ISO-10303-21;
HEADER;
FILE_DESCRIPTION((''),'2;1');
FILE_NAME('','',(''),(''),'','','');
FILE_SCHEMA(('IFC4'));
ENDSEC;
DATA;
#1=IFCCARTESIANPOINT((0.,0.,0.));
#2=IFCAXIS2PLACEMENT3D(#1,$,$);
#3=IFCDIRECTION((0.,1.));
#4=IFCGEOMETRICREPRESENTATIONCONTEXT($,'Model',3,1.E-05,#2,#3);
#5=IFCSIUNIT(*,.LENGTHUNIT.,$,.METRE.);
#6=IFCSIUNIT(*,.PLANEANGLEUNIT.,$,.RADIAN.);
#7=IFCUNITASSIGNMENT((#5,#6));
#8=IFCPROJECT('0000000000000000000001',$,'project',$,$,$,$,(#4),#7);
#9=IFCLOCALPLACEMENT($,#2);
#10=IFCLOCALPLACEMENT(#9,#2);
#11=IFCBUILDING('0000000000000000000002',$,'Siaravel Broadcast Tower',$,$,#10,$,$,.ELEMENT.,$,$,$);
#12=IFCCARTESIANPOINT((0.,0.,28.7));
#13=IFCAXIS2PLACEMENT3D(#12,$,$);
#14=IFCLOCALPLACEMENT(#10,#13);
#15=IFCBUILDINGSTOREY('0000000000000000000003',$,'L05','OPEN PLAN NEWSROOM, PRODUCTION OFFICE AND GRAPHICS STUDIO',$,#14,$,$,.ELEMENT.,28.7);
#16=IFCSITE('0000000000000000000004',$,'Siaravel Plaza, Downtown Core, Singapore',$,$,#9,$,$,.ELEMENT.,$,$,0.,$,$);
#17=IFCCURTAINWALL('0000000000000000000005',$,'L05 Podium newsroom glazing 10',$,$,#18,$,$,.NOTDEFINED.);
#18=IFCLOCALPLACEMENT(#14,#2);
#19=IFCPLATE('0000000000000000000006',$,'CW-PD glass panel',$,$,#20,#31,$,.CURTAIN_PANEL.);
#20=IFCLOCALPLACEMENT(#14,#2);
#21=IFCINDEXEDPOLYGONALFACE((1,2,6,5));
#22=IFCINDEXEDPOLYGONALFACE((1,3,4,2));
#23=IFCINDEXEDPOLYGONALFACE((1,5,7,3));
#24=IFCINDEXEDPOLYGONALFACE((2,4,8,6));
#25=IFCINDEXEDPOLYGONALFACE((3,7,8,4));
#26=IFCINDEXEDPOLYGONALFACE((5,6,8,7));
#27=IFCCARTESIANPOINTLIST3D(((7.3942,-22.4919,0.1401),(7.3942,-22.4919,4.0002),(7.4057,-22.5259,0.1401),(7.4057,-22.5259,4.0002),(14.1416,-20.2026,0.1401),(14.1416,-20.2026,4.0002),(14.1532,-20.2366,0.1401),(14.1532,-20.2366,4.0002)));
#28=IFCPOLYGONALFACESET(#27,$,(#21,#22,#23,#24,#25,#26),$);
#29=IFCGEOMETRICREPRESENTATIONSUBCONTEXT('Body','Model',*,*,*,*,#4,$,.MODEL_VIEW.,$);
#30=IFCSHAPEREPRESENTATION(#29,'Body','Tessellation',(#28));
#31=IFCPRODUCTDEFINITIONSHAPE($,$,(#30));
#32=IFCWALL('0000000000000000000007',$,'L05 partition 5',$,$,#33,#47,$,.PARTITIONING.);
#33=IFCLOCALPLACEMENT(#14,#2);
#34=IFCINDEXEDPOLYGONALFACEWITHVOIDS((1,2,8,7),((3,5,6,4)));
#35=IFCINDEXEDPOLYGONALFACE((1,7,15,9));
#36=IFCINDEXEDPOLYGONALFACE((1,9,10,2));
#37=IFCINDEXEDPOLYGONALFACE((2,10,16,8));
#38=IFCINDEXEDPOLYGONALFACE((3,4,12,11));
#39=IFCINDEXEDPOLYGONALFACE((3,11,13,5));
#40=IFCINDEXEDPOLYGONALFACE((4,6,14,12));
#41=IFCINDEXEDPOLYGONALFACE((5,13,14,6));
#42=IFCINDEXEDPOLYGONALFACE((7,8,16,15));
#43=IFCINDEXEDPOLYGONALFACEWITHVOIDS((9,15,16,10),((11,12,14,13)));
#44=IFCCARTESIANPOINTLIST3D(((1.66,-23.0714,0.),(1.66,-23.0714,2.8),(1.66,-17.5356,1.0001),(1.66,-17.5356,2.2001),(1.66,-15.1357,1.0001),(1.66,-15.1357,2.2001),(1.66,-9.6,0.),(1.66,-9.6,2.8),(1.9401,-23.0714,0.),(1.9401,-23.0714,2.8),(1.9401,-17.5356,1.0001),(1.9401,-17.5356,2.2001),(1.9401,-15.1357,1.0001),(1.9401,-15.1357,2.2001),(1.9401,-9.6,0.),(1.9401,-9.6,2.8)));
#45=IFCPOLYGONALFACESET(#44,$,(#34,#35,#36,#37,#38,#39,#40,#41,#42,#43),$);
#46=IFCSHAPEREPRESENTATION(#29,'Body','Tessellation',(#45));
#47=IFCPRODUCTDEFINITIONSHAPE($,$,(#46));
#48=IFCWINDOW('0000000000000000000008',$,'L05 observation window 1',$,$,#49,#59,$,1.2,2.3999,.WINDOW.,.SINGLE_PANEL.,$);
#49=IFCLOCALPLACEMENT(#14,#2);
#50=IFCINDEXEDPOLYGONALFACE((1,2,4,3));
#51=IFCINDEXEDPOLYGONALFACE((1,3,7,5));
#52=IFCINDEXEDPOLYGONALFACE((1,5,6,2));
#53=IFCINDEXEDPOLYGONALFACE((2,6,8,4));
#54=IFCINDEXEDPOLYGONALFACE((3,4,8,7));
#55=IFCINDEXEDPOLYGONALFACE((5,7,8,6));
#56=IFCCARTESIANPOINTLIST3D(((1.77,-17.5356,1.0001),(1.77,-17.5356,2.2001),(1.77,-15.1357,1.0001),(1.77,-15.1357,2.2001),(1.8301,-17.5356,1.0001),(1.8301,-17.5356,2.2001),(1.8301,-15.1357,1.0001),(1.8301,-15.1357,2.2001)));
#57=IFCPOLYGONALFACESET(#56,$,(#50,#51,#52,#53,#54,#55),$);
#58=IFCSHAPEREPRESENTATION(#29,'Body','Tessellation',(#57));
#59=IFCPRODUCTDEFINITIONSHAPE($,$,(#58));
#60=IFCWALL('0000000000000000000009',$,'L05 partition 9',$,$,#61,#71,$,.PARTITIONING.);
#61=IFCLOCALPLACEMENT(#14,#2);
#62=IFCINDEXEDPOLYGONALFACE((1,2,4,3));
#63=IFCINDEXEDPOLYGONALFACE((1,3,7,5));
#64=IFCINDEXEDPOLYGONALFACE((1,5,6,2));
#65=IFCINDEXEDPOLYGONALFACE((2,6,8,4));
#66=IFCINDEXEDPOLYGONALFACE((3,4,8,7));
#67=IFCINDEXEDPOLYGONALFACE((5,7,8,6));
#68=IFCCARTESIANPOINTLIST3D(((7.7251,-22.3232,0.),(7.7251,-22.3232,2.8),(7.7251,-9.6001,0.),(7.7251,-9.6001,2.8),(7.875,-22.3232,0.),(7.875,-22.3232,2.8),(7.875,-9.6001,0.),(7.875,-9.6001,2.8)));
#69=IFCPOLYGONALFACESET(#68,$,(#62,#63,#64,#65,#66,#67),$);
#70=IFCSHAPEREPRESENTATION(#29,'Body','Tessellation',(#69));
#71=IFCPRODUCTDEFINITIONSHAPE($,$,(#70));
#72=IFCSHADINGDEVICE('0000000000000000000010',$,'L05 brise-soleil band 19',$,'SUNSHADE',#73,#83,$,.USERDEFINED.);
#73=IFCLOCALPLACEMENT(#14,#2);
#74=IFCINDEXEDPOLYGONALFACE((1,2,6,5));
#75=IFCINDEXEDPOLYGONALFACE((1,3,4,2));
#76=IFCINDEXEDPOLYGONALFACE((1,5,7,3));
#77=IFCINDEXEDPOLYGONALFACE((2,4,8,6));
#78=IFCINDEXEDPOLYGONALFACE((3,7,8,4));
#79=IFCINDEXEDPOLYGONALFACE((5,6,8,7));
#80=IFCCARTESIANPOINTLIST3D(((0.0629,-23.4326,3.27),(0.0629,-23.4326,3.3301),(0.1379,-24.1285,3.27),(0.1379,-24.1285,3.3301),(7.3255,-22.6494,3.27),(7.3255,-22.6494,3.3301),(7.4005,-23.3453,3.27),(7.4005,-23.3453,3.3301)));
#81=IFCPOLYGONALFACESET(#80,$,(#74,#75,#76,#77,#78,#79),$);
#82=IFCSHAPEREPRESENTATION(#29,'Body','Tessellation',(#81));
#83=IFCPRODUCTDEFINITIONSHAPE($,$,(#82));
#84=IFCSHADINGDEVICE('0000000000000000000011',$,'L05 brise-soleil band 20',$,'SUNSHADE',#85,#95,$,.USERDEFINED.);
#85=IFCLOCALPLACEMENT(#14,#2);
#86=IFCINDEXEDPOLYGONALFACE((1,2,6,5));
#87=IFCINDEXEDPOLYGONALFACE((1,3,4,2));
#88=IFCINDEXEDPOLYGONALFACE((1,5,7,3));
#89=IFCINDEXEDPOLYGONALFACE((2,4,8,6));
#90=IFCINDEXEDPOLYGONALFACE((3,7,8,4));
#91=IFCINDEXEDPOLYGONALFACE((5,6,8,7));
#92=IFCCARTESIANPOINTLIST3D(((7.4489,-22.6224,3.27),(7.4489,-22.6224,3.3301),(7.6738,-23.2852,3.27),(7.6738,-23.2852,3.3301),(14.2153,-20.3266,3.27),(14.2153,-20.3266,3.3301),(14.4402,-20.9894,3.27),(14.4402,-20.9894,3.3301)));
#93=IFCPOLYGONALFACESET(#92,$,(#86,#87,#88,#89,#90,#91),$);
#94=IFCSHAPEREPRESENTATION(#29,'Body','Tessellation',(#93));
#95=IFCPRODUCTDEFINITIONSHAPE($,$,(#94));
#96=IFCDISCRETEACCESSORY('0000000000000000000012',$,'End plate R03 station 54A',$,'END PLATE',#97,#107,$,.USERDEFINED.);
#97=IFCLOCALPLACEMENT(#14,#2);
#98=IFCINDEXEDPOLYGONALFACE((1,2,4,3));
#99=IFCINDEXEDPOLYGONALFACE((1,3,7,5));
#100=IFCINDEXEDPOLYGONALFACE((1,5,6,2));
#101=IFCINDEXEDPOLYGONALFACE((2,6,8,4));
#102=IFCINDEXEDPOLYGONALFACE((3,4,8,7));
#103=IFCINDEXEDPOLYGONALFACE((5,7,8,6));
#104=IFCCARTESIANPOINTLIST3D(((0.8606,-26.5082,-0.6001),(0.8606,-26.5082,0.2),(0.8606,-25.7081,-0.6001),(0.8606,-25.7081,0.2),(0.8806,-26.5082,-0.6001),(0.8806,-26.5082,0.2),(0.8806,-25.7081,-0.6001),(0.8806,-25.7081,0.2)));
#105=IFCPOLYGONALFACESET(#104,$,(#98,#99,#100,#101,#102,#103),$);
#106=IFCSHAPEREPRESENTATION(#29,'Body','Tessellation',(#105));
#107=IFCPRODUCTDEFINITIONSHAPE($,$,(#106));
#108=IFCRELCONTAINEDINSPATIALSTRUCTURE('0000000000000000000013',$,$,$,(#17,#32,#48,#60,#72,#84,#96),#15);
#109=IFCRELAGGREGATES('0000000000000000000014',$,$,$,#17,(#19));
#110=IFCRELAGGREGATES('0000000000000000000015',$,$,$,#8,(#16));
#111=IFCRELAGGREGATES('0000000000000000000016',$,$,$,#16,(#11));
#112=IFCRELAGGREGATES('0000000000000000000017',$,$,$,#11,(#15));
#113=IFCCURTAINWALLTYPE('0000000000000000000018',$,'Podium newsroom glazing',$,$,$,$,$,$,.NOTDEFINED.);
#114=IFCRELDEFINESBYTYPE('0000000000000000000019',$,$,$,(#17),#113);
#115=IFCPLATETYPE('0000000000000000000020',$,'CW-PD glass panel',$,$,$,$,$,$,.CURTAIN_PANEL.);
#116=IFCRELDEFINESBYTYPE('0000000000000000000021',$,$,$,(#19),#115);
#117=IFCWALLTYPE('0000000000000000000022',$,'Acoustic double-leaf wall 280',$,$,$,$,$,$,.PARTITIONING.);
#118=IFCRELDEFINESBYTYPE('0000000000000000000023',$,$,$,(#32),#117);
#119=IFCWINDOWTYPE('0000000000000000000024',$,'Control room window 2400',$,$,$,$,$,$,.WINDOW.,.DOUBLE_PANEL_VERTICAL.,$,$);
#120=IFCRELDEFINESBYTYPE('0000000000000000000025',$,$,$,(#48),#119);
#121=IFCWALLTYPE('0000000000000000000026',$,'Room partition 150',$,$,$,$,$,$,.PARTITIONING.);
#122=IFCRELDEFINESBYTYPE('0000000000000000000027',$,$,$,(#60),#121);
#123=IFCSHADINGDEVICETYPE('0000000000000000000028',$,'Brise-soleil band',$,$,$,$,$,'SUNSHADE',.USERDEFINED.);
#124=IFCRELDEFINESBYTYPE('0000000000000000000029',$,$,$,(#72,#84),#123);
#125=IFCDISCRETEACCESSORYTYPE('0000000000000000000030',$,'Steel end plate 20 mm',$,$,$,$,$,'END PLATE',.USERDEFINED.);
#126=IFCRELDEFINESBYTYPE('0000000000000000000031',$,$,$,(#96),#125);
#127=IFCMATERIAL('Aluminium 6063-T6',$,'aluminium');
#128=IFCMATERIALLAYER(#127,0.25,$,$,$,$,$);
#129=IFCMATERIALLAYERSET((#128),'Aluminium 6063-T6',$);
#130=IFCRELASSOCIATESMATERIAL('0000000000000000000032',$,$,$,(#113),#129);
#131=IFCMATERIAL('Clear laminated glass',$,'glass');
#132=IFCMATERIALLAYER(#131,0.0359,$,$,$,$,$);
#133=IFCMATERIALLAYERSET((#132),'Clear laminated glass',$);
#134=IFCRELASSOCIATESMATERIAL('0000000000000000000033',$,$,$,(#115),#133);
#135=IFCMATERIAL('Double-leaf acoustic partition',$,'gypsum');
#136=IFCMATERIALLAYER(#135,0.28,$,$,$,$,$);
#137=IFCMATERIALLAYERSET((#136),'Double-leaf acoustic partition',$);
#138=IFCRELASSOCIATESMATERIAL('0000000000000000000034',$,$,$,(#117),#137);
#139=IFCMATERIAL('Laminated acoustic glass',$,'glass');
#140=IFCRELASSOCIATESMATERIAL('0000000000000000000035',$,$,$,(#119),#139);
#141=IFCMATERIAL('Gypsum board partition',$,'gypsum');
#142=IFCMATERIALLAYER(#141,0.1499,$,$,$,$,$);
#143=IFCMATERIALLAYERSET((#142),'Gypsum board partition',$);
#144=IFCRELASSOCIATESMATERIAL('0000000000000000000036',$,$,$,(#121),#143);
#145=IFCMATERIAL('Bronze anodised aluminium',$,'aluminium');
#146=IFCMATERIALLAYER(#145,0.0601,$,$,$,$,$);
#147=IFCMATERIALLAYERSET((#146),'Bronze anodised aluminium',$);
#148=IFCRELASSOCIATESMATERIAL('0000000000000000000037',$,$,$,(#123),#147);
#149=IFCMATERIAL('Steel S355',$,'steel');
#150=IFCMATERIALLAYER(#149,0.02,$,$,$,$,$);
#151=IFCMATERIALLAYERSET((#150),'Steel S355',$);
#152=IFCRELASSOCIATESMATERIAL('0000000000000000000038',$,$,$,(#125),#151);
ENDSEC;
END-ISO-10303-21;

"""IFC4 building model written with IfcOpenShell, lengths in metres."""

from ifc_helpers import new_model, si_unit, direction, frame, frame_2d, origin, origin_2d, place, context, subcontext, project, spatial, rectangle, extrude, material, layer, layer_set, type_object, element, fill, aggregate, save


model = new_model("IFC4")

# Units and contexts
model_context = context("Model", 3, precision=1e-05, world=origin(), true_north=direction((0.0, 1.0)))
body_context = subcontext(model_context, "Body", "Model", "MODEL_VIEW")
ifc_project = project(units=[si_unit("LENGTHUNIT", "METRE"), si_unit("PLANEANGLEUNIT", "RADIAN")], contexts=[model_context])

# Site, building, storey
site_placement = place(None, origin())
site = spatial("IfcSite", under=ifc_project, at=site_placement, Name="Siaravel Plaza, Downtown Core, Singapore", CompositionType="ELEMENT", RefElevation=0.0)
building_placement = place(site_placement, origin())
building = spatial("IfcBuilding", under=site, at=building_placement, Name="Siaravel Broadcast Tower", CompositionType="ELEMENT")
storey_placement = place(building_placement, frame((0.0, 0.0, 28.7)))
storey = spatial("IfcBuildingStorey", under=building, at=storey_placement, Name="L05", Description="OPEN PLAN NEWSROOM, PRODUCTION OFFICE AND GRAPHICS STUDIO", CompositionType="ELEMENT", Elevation=28.7)

# Shared definitions
ifc_material_1 = material(Name="Steel S355", Category="steel")

# Curtain wall
ifc_material_2 = material(Name="Aluminium 6063-T6", Category="aluminium")
ifc_layer_1 = layer(ifc_material_2, 0.25)
ifc_layer_set_1 = layer_set([ifc_layer_1], Name="Aluminium 6063-T6")
curtain_wall_type = type_object("IfcCurtainWallType", Name="Podium newsroom glazing", PredefinedType="NOTDEFINED", material=ifc_layer_set_1)
curtain_wall_placement = place(storey_placement, origin())
curtain_wall = element("IfcCurtainWall", 1, at=curtain_wall_placement, inside=storey, type_object=curtain_wall_type, Name="L05 Podium newsroom glazing 10", PredefinedType="NOTDEFINED")

# Plate
ifc_material_3 = material(Name="Clear laminated glass", Category="glass")
ifc_layer_2 = layer(ifc_material_3, 0.0359)
ifc_layer_set_2 = layer_set([ifc_layer_2], Name="Clear laminated glass")
plate_type = type_object("IfcPlateType", Name="CW-PD glass panel", PredefinedType="CURTAIN_PANEL", material=ifc_layer_set_2)
plate_1_placement = place(storey_placement, frame((10.7737, -21.3643, 0.1401), z_axis=(0.0, 0.0, 1.0), x_axis=(0.946977, 0.3213, 0.0)))
plate_1 = element("IfcPlate", 2, at=plate_1_placement, type_object=plate_type, Name="CW-PD glass panel", PredefinedType="CURTAIN_PANEL", context=body_context, shape_type="SweptSolid", body=[
    extrude(rectangle(XDim=7.1252, YDim=0.0359, at=origin_2d()), origin(), (0.0, 0.0, 1.0), 3.8601),
])
aggregate(curtain_wall, [plate_1])

# Wall, opening, window
ifc_material_4 = material(Name="Double-leaf acoustic partition", Category="gypsum")
ifc_layer_3 = layer(ifc_material_4, 0.28)
ifc_layer_set_3 = layer_set([ifc_layer_3], Name="Double-leaf acoustic partition")
wall_type_1 = type_object("IfcWallType", Name="Acoustic double-leaf wall 280", PredefinedType="PARTITIONING", material=ifc_layer_set_3)
wall_1_placement = place(storey_placement, frame((1.8, -23.0715, 0.0), z_axis=(0.0, 0.0, 1.0), x_axis=(0.0, 1.0, 0.0)))
wall_1 = element("IfcWall", 3, at=wall_1_placement, inside=storey, type_object=wall_type_1, Name="L05 partition 5", PredefinedType="PARTITIONING", context=body_context, shape_type="SweptSolid", body=[
    extrude(rectangle(XDim=13.4714, YDim=0.28, at=frame_2d((6.7358, 0.0))), origin(), (0.0, 0.0, 1.0), 2.8),
])
opening_placement = place(wall_1_placement, frame((5.5359, 0.0, 1.0)))
opening = element("IfcOpeningElement", 4, at=opening_placement, cuts=wall_1, PredefinedType="OPENING", context=body_context, shape_type="SweptSolid", body=[
    extrude(rectangle(XDim=2.3999, YDim=1.2, at=frame_2d((1.2, 0.6001))), frame((0.0, 0.1499, 0.0), z_axis=(0.0, -1.0, 0.0), x_axis=(1.0, 0.0, 0.0)), (0.0, 0.0, 1.0), 0.3),
])
ifc_material_5 = material(Name="Laminated acoustic glass", Category="glass")
window_type = type_object("IfcWindowType", Name="Control room window 2400", PartitioningType="DOUBLE_PANEL_VERTICAL", PredefinedType="WINDOW", material=ifc_material_5)
window_placement = place(opening_placement, origin())
window = element("IfcWindow", 5, at=window_placement, inside=storey, type_object=window_type, Name="L05 observation window 1", OverallHeight=1.2, OverallWidth=2.3999, PartitioningType="SINGLE_PANEL", PredefinedType="WINDOW", context=body_context, shape_type="SweptSolid", body=[
    extrude(rectangle(XDim=2.3999, YDim=1.2, at=frame_2d((1.2, 0.6001))), frame((0.0, 0.03, 0.0), z_axis=(0.0, -1.0, 0.0), x_axis=(1.0, 0.0, 0.0)), (0.0, 0.0, 1.0), 0.0601),
])
fill(opening, window)

# Wall
ifc_material_6 = material(Name="Gypsum board partition", Category="gypsum")
ifc_layer_4 = layer(ifc_material_6, 0.1499)
ifc_layer_set_4 = layer_set([ifc_layer_4], Name="Gypsum board partition")
wall_type_2 = type_object("IfcWallType", Name="Room partition 150", PredefinedType="PARTITIONING", material=ifc_layer_set_4)
wall_2_placement = place(storey_placement, frame((7.8, -22.3232, 0.0), z_axis=(0.0, 0.0, 1.0), x_axis=(0.0, 1.0, 0.0)))
element("IfcWall", 6, at=wall_2_placement, inside=storey, type_object=wall_type_2, Name="L05 partition 9", PredefinedType="PARTITIONING", context=body_context, shape_type="SweptSolid", body=[
    extrude(rectangle(XDim=12.7231, YDim=0.1499, at=frame_2d((6.3616, 0.0))), origin(), (0.0, 0.0, 1.0), 2.8),
])

# Shading devices
ifc_material_7 = material(Name="Bronze anodised aluminium", Category="aluminium")
ifc_layer_5 = layer(ifc_material_7, 0.0601)
ifc_layer_set_5 = layer_set([ifc_layer_5], Name="Bronze anodised aluminium")
shading_device_type = type_object("IfcShadingDeviceType", Name="Brise-soleil band", ElementType="SUNSHADE", PredefinedType="USERDEFINED", material=ifc_layer_set_5)
shading_device_1_placement = place(storey_placement, frame((3.7317, -23.3889, 3.27), z_axis=(0.0, 0.0, 1.0), x_axis=(0.994236, 0.107217, 0.0)))
element("IfcShadingDevice", 7, at=shading_device_1_placement, inside=storey, type_object=shading_device_type, Name="L05 brise-soleil band 19", ObjectType="SUNSHADE", PredefinedType="USERDEFINED", context=body_context, shape_type="SweptSolid", body=[
    extrude(rectangle(XDim=7.3047, YDim=0.7, at=origin_2d()), origin(), (0.0, 0.0, 1.0), 0.0601),
])
shading_device_2_placement = place(storey_placement, frame((10.9446, -21.8059, 3.27), z_axis=(0.0, 0.0, 1.0), x_axis=(0.946977, 0.321301, 0.0)))
element("IfcShadingDevice", 8, at=shading_device_2_placement, inside=storey, type_object=shading_device_type, Name="L05 brise-soleil band 20", ObjectType="SUNSHADE", PredefinedType="USERDEFINED", context=body_context, shape_type="SweptSolid", body=[
    extrude(rectangle(XDim=7.1453, YDim=0.7, at=origin_2d()), origin(), (0.0, 0.0, 1.0), 0.0601),
])

# Discrete accessory
ifc_layer_6 = layer(ifc_material_1, 0.02)
ifc_layer_set_6 = layer_set([ifc_layer_6], Name="Steel S355")
discrete_accessory_type = type_object("IfcDiscreteAccessoryType", Name="Steel end plate 20 mm", ElementType="END PLATE", PredefinedType="USERDEFINED", material=ifc_layer_set_6)
discrete_accessory_placement = place(storey_placement, frame((0.8706, -26.1082, -0.6001), z_axis=(0.0, 0.0, 1.0), x_axis=(1.0, 0.0, 0.0)))
element("IfcDiscreteAccessory", 9, at=discrete_accessory_placement, inside=storey, type_object=discrete_accessory_type, Name="End plate R03 station 54A", ObjectType="END PLATE", PredefinedType="USERDEFINED", context=body_context, shape_type="SweptSolid", body=[
    extrude(rectangle(XDim=0.02, YDim=0.8, at=origin_2d()), origin(), (0.0, 0.0, 1.0), 0.8),
])

save(model, "model.ifc")
